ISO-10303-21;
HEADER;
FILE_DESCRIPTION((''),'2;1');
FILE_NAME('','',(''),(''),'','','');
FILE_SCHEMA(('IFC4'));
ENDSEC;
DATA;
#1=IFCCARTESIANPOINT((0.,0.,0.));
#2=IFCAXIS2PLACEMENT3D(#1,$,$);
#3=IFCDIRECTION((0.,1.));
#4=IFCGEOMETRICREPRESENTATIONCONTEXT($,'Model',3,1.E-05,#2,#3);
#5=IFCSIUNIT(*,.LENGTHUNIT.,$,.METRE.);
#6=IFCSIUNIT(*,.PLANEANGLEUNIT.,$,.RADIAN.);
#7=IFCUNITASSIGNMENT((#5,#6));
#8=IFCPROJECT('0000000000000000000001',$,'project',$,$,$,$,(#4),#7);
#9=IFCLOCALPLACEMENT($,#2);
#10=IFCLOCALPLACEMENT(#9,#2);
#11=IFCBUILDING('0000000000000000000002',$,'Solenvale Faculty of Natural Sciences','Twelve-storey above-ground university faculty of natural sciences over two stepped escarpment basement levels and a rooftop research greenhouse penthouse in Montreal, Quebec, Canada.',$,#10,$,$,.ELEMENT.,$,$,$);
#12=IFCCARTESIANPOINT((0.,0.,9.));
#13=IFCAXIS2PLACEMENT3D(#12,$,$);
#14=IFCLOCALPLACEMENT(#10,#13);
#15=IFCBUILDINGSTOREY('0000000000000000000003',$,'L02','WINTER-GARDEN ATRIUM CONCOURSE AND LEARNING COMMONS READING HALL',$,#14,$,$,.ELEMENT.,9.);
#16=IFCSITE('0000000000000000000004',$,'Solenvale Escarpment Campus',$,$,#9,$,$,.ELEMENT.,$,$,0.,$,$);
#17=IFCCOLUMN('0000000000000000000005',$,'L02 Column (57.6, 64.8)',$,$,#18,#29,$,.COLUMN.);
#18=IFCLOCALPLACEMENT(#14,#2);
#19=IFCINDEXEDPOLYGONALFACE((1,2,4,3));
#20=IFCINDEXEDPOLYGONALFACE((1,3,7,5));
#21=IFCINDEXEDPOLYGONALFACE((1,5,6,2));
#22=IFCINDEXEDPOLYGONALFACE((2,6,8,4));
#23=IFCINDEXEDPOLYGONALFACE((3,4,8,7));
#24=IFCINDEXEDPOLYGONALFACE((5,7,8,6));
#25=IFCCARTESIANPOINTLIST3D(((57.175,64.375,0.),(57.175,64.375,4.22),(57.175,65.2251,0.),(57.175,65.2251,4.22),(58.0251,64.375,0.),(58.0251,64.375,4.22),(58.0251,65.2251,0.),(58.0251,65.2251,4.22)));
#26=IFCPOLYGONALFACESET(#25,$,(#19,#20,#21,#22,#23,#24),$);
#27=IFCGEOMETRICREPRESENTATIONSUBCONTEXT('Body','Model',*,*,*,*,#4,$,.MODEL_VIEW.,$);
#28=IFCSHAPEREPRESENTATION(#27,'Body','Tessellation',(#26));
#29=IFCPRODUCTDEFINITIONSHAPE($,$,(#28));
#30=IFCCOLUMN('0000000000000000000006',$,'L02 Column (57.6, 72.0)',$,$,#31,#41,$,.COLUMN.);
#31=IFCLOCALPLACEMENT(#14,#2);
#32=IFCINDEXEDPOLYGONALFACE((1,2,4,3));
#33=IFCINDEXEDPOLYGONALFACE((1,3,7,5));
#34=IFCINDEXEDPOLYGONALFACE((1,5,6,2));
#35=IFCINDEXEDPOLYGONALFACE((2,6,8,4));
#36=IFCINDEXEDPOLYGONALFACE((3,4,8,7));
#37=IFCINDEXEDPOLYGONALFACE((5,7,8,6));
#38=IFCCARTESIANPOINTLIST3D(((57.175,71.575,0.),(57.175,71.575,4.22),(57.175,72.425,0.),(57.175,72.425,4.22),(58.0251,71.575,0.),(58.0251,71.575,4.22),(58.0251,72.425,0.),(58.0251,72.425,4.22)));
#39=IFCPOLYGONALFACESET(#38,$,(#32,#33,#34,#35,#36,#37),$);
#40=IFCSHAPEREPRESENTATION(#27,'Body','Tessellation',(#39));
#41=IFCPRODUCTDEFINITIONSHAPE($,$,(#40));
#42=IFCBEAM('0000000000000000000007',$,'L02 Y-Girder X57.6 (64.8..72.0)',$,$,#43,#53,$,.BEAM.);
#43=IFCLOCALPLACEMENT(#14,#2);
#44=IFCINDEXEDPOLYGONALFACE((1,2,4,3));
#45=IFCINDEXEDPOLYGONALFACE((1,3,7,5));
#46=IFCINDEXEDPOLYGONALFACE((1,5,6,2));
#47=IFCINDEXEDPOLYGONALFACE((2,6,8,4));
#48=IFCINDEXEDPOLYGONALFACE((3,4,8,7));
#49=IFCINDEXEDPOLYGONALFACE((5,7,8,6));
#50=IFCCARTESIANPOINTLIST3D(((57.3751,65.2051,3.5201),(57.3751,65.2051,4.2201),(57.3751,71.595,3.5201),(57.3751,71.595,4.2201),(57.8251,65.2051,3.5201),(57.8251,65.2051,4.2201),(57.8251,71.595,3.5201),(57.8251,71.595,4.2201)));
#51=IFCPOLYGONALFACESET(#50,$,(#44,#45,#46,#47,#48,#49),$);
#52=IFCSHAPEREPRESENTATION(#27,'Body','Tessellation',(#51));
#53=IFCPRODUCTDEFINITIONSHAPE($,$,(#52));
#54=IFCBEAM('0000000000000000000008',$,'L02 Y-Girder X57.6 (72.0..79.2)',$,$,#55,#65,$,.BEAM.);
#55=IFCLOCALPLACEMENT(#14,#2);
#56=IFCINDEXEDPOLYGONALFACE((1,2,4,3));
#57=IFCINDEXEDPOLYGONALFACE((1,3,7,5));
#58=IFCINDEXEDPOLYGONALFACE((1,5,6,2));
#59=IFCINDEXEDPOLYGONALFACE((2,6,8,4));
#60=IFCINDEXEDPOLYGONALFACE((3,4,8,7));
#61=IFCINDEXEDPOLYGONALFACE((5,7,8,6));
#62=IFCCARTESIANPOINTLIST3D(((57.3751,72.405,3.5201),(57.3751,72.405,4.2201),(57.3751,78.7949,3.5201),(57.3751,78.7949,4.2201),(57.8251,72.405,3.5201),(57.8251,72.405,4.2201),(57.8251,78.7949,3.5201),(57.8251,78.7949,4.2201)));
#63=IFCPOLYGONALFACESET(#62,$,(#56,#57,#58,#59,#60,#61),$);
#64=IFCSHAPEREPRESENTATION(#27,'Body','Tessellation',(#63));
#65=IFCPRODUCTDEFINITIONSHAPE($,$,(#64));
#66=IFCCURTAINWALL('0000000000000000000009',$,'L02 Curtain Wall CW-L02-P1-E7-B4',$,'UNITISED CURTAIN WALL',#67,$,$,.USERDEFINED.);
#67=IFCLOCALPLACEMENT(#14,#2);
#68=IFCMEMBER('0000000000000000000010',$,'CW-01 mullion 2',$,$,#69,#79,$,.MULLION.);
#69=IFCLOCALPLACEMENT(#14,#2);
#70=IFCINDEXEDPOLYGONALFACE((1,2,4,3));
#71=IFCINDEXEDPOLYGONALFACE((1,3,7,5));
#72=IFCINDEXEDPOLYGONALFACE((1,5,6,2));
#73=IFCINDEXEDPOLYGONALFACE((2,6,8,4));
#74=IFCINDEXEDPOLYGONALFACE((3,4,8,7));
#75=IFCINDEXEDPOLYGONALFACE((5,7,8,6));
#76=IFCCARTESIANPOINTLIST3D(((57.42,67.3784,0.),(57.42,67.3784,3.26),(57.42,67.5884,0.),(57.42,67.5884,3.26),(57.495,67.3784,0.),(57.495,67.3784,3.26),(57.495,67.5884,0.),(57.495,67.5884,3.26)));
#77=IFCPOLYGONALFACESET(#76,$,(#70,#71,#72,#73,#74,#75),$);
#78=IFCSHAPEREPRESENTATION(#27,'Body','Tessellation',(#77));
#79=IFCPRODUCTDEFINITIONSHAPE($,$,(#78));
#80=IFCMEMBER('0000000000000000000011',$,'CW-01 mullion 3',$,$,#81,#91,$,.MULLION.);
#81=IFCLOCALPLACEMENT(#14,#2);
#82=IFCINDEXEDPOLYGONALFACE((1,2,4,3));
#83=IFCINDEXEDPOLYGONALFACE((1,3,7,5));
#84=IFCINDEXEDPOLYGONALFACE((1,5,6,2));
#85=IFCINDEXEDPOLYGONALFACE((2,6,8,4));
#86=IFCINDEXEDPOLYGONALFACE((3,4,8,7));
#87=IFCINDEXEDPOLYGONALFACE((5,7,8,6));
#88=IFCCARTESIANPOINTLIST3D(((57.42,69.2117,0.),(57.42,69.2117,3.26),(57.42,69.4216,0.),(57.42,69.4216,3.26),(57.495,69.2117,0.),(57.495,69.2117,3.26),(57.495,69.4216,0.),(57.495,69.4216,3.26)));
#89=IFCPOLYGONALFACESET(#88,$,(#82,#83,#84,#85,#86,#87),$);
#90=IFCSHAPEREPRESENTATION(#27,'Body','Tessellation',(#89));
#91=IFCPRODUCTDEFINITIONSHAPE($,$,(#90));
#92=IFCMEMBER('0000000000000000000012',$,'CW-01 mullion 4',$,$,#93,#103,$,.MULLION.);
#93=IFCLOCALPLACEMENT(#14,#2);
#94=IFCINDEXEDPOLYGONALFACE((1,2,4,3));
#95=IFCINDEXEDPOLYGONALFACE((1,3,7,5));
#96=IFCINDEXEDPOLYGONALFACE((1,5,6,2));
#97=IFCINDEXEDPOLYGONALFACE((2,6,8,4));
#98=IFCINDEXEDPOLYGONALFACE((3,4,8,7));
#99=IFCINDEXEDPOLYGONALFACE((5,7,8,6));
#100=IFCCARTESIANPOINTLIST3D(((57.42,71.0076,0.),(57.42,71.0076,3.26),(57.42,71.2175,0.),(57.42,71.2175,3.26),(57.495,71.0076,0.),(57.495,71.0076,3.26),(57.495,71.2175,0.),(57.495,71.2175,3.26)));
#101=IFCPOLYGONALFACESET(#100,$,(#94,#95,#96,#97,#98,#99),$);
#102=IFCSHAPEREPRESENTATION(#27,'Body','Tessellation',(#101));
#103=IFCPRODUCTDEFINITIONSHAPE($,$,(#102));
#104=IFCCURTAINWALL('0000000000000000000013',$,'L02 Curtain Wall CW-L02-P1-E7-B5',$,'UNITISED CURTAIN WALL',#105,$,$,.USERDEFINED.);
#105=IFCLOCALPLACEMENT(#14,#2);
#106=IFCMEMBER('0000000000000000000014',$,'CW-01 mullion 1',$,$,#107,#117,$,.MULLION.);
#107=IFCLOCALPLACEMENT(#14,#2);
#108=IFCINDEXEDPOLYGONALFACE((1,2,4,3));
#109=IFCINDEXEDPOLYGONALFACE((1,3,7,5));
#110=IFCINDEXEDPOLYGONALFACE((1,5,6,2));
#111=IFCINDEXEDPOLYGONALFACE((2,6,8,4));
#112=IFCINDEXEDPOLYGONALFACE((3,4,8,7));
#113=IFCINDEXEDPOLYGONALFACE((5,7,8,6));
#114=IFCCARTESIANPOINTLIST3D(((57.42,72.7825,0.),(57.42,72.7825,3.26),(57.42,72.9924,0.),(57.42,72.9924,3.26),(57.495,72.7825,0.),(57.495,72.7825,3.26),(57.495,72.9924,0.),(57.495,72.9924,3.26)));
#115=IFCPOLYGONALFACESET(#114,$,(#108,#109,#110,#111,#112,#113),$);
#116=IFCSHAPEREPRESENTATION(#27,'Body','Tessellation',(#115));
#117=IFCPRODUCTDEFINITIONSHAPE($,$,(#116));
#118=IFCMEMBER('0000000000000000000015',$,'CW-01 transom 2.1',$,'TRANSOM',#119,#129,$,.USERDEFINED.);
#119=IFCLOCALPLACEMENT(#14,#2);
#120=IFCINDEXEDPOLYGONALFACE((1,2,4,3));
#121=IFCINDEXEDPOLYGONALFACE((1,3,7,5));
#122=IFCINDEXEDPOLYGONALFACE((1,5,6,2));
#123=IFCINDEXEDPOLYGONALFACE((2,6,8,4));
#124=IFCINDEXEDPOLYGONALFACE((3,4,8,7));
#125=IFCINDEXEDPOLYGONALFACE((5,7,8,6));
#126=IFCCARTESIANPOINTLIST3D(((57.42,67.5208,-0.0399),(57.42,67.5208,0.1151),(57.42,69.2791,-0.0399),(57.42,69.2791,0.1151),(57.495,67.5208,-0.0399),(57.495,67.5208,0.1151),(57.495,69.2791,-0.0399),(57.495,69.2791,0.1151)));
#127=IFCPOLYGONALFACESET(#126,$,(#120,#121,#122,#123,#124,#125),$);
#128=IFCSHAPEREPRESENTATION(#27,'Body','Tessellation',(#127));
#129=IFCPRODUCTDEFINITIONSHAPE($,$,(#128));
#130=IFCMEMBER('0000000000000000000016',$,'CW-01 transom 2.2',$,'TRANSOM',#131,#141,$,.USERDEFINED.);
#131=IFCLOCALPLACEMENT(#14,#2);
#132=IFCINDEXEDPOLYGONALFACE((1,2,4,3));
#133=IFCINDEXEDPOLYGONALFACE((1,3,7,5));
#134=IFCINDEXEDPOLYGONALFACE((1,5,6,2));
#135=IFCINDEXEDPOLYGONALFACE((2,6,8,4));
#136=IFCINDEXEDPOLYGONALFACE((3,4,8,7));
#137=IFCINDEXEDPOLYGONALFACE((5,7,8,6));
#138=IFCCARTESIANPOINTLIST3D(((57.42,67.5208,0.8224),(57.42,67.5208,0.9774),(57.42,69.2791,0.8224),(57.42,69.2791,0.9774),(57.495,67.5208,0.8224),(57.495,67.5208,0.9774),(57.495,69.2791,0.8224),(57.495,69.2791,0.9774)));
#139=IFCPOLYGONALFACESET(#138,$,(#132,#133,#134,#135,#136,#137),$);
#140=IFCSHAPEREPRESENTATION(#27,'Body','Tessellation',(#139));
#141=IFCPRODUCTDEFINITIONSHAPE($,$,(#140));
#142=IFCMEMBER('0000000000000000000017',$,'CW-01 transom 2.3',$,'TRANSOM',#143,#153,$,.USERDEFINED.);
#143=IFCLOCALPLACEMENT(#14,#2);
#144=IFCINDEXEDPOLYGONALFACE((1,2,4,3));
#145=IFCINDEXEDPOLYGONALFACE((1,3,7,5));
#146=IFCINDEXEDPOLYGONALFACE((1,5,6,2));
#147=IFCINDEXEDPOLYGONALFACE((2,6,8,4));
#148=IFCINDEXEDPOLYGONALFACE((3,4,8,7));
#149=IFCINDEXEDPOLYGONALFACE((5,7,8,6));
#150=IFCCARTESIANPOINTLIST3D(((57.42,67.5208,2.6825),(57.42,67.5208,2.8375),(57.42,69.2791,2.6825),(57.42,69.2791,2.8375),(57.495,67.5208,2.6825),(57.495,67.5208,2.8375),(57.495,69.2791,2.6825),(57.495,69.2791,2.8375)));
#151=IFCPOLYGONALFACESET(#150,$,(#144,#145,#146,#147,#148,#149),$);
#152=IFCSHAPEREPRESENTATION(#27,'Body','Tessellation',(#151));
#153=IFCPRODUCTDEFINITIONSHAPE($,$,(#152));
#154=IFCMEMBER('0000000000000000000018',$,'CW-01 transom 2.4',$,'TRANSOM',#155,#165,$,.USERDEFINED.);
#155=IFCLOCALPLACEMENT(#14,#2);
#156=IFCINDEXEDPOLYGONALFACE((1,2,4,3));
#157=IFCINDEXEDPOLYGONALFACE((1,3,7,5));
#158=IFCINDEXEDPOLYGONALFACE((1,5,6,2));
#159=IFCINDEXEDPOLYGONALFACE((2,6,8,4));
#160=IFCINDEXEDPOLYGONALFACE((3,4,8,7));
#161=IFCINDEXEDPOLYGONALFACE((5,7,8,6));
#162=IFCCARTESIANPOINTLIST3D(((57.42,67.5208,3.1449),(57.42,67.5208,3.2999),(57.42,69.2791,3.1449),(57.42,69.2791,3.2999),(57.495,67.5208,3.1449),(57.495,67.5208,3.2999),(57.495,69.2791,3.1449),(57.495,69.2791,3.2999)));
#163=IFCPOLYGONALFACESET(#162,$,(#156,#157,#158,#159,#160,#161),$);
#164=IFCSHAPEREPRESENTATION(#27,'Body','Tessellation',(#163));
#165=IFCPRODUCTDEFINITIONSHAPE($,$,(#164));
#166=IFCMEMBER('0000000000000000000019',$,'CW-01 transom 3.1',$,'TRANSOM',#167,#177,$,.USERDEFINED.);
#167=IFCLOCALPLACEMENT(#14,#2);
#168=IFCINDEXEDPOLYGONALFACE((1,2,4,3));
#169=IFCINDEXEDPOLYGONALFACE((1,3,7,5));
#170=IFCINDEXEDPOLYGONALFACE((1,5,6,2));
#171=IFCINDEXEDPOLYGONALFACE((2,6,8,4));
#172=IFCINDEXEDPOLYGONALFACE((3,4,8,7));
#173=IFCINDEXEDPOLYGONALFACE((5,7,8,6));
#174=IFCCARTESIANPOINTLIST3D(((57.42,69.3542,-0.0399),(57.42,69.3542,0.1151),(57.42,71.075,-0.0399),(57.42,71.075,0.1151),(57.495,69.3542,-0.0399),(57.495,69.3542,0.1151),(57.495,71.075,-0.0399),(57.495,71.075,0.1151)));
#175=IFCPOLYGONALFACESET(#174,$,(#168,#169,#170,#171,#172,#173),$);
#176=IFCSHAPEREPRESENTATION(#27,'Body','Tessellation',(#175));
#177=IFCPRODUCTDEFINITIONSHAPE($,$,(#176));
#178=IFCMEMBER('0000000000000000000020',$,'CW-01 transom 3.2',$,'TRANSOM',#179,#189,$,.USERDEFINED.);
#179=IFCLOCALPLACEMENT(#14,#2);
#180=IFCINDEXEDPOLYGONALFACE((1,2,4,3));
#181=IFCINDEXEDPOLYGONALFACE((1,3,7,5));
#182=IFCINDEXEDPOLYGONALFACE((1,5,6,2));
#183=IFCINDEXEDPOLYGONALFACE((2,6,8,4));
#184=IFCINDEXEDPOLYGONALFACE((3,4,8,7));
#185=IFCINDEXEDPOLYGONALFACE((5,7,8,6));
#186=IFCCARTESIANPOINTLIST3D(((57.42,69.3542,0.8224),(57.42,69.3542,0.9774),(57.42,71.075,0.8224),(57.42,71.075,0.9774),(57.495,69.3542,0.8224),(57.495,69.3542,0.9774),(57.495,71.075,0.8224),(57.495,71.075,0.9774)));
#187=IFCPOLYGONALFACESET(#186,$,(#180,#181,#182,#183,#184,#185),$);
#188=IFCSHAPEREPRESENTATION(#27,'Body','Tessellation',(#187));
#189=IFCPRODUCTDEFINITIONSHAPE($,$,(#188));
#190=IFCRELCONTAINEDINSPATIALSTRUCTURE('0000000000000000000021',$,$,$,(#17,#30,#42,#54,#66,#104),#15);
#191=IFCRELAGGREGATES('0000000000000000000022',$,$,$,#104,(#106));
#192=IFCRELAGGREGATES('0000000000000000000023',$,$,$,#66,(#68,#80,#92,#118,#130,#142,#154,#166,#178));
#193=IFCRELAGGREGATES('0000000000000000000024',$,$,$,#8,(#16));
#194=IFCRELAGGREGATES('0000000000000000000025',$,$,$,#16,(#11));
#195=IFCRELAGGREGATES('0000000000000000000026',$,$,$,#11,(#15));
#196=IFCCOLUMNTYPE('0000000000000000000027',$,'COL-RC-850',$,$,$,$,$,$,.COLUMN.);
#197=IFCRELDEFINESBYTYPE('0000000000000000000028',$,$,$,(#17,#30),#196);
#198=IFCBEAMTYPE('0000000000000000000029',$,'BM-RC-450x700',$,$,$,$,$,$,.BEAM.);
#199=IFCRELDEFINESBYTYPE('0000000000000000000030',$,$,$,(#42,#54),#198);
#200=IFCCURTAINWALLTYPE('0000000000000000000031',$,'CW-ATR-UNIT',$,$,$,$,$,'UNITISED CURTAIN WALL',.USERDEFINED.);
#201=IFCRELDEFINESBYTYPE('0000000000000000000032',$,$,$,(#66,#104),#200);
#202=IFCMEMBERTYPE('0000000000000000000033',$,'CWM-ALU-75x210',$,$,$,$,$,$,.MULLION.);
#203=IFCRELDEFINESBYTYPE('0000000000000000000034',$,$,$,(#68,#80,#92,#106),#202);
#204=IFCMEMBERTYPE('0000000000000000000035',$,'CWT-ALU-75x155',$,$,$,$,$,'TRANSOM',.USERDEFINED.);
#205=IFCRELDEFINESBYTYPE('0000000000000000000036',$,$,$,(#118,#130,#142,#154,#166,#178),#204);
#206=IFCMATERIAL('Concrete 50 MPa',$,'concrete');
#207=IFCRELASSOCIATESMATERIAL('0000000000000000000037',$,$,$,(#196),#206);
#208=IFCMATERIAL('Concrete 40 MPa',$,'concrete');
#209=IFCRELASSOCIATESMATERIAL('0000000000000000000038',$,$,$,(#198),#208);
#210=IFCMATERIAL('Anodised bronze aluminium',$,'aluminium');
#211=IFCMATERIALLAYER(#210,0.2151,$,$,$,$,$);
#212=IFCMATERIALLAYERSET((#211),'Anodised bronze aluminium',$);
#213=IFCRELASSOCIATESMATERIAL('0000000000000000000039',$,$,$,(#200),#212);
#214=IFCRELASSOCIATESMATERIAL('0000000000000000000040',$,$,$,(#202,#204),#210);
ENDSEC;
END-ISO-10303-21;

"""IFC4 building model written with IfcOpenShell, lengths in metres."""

from ifc_helpers import new_model, si_unit, direction, frame, origin, origin_2d, place, context, subcontext, project, spatial, rectangle, extrude, material, layer, layer_set, material_profile, profile_set, type_object, element, aggregate, save


model = new_model("IFC4")

# Units and contexts
model_context = context("Model", 3, precision=1e-05, world=origin(), true_north=direction((0.0, 1.0)))
body_context = subcontext(model_context, "Body", "Model", "MODEL_VIEW")
ifc_project = project(units=[si_unit("LENGTHUNIT", "METRE"), si_unit("PLANEANGLEUNIT", "RADIAN")], contexts=[model_context])

# Site, building, storey
site_placement = place(None, origin())
site = spatial("IfcSite", under=ifc_project, at=site_placement, Name="Solenvale Escarpment Campus", CompositionType="ELEMENT", RefElevation=0.0)
building_placement = place(site_placement, origin())
building = spatial("IfcBuilding", under=site, at=building_placement, Name="Solenvale Faculty of Natural Sciences", Description="Twelve-storey above-ground university faculty of natural sciences over two stepped escarpment basement levels and a rooftop research greenhouse penthouse in Montreal, Quebec, Canada.", CompositionType="ELEMENT")
storey_placement = place(building_placement, frame((0.0, 0.0, 9.0)))
storey = spatial("IfcBuildingStorey", under=building, at=storey_placement, Name="L02", Description="WINTER-GARDEN ATRIUM CONCOURSE AND LEARNING COMMONS READING HALL", CompositionType="ELEMENT", Elevation=9.0)

# Columns
ifc_material_1 = material(Name="Concrete 50 MPa", Category="concrete")
ifc_material_profile_1 = material_profile(ifc_material_1, rectangle(XDim=0.8501, YDim=0.8501, at=origin_2d()), Name="RC-COL-850x850")
ifc_profile_set_1 = profile_set([ifc_material_profile_1], Name="Concrete 50 MPa")
column_type = type_object("IfcColumnType", Name="COL-RC-850", PredefinedType="COLUMN", material=ifc_profile_set_1)
for number, where, z_axis, x_axis, name in (
    (1, (57.6001, 64.8, 0.0), (0.0, 0.0, 1.0), (1.0, 0.0, 0.0), "L02 Column (57.6, 64.8)"),
    (2, (57.6001, 72.0, 0.0), (0.0, 0.0, 1.0), (1.0, 0.0, 0.0), "L02 Column (57.6, 72.0)"),
):
    element("IfcColumn", number, at=place(storey_placement, frame(where, z_axis=z_axis, x_axis=x_axis)), inside=storey, type_object=column_type, Name=name, PredefinedType="COLUMN", context=body_context, shape_type="SweptSolid", body=[
        extrude(rectangle(XDim=0.8501, YDim=0.8501, at=origin_2d()), origin(), (0.0, 0.0, 1.0), 4.22),
    ])

# Beams
ifc_material_2 = material(Name="Concrete 40 MPa", Category="concrete")
ifc_material_profile_2 = material_profile(ifc_material_2, rectangle(XDim=0.45, YDim=0.7, at=origin_2d()), Name="RC-BM-450x700")
ifc_profile_set_2 = profile_set([ifc_material_profile_2], Name="Concrete 40 MPa")
beam_type = type_object("IfcBeamType", Name="BM-RC-450x700", PredefinedType="BEAM", material=ifc_profile_set_2)
for number, where, z_axis, x_axis, name in (
    (3, (57.6001, 65.2051, 3.8701), (0.0, 1.0, 0.0), (-1.0, 0.0, 0.0), "L02 Y-Girder X57.6 (64.8..72.0)"),
    (4, (57.6001, 72.405, 3.8701), (0.0, 1.0, 0.0), (-1.0, 0.0, 0.0), "L02 Y-Girder X57.6 (72.0..79.2)"),
):
    element("IfcBeam", number, at=place(storey_placement, frame(where, z_axis=z_axis, x_axis=x_axis)), inside=storey, type_object=beam_type, Name=name, PredefinedType="BEAM", context=body_context, shape_type="SweptSolid", body=[
        extrude(rectangle(XDim=0.45, YDim=0.7, at=origin_2d()), origin(), (0.0, 0.0, 1.0), 6.3899),
    ])

# Curtain wall, members
ifc_material_3 = material(Name="Anodised bronze aluminium", Category="aluminium")
ifc_layer_1 = layer(ifc_material_3, 0.2151)
ifc_layer_set_1 = layer_set([ifc_layer_1], Name="Anodised bronze aluminium")
curtain_wall_type = type_object("IfcCurtainWallType", Name="CW-ATR-UNIT", ElementType="UNITISED CURTAIN WALL", PredefinedType="USERDEFINED", material=ifc_layer_set_1)
curtain_wall_1_placement = place(storey_placement, origin())
curtain_wall_1 = element("IfcCurtainWall", 5, at=curtain_wall_1_placement, inside=storey, type_object=curtain_wall_type, Name="L02 Curtain Wall CW-L02-P1-E7-B4", ObjectType="UNITISED CURTAIN WALL", PredefinedType="USERDEFINED")
ifc_material_profile_3 = material_profile(ifc_material_3, rectangle(XDim=0.075, YDim=0.21, at=origin_2d()), Name="ALU-MUL-75x210")
ifc_profile_set_3 = profile_set([ifc_material_profile_3], Name="Anodised bronze aluminium")
member_type_1 = type_object("IfcMemberType", Name="CWM-ALU-75x210", PredefinedType="MULLION", material=ifc_profile_set_3)
member_1_placement = place(storey_placement, frame((57.4575, 67.4834, 0.0), z_axis=(0.0, 0.0, 1.0), x_axis=(-1.0, 0.0, 0.0)))
member_1 = element("IfcMember", 6, at=member_1_placement, type_object=member_type_1, Name="CW-01 mullion 2", PredefinedType="MULLION", context=body_context, shape_type="SweptSolid", body=[
    extrude(rectangle(XDim=0.075, YDim=0.21, at=origin_2d()), origin(), (0.0, 0.0, 1.0), 3.26),
])
member_2_placement = place(storey_placement, frame((57.4575, 69.3167, 0.0), z_axis=(0.0, 0.0, 1.0), x_axis=(-1.0, 0.0, 0.0)))
member_2 = element("IfcMember", 7, at=member_2_placement, type_object=member_type_1, Name="CW-01 mullion 3", PredefinedType="MULLION", context=body_context, shape_type="SweptSolid", body=[
    extrude(rectangle(XDim=0.075, YDim=0.21, at=origin_2d()), origin(), (0.0, 0.0, 1.0), 3.26),
])
member_3_placement = place(storey_placement, frame((57.4575, 71.1125, 0.0), z_axis=(0.0, 0.0, 1.0), x_axis=(-1.0, 0.0, 0.0)))
member_3 = element("IfcMember", 8, at=member_3_placement, type_object=member_type_1, Name="CW-01 mullion 4", PredefinedType="MULLION", context=body_context, shape_type="SweptSolid", body=[
    extrude(rectangle(XDim=0.075, YDim=0.21, at=origin_2d()), origin(), (0.0, 0.0, 1.0), 3.26),
])

# Curtain wall, member
curtain_wall_2_placement = place(storey_placement, origin())
curtain_wall_2 = element("IfcCurtainWall", 9, at=curtain_wall_2_placement, inside=storey, type_object=curtain_wall_type, Name="L02 Curtain Wall CW-L02-P1-E7-B5", ObjectType="UNITISED CURTAIN WALL", PredefinedType="USERDEFINED")
member_4_placement = place(storey_placement, frame((57.4575, 72.8875, 0.0), z_axis=(0.0, 0.0, 1.0), x_axis=(-1.0, 0.0, 0.0)))
member_4 = element("IfcMember", 10, at=member_4_placement, type_object=member_type_1, Name="CW-01 mullion 1", PredefinedType="MULLION", context=body_context, shape_type="SweptSolid", body=[
    extrude(rectangle(XDim=0.075, YDim=0.21, at=origin_2d()), origin(), (0.0, 0.0, 1.0), 3.26),
])

# Members
ifc_material_profile_4 = material_profile(ifc_material_3, rectangle(XDim=0.075, YDim=0.155, at=origin_2d()), Name="ALU-TRN-75x155")
ifc_profile_set_4 = profile_set([ifc_material_profile_4], Name="Anodised bronze aluminium")
member_type_2 = type_object("IfcMemberType", Name="CWT-ALU-75x155", ElementType="TRANSOM", PredefinedType="USERDEFINED", material=ifc_profile_set_4)
member_5_placement = place(storey_placement, frame((57.4575, 67.5208, 0.0376), z_axis=(0.0, 1.0, 0.0), x_axis=(-1.0, 0.0, 0.0)))
member_5 = element("IfcMember", 11, at=member_5_placement, type_object=member_type_2, Name="CW-01 transom 2.1", ObjectType="TRANSOM", PredefinedType="USERDEFINED", context=body_context, shape_type="SweptSolid", body=[
    extrude(rectangle(XDim=0.075, YDim=0.155, at=origin_2d()), origin(), (0.0, 0.0, 1.0), 1.7583),
])
member_6_placement = place(storey_placement, frame((57.4575, 67.5208, 0.8999), z_axis=(0.0, 1.0, 0.0), x_axis=(-1.0, 0.0, 0.0)))
member_6 = element("IfcMember", 12, at=member_6_placement, type_object=member_type_2, Name="CW-01 transom 2.2", ObjectType="TRANSOM", PredefinedType="USERDEFINED", context=body_context, shape_type="SweptSolid", body=[
    extrude(rectangle(XDim=0.075, YDim=0.155, at=origin_2d()), origin(), (0.0, 0.0, 1.0), 1.7583),
])
member_7_placement = place(storey_placement, frame((57.4575, 67.5208, 2.76), z_axis=(0.0, 1.0, 0.0), x_axis=(-1.0, 0.0, 0.0)))
member_7 = element("IfcMember", 13, at=member_7_placement, type_object=member_type_2, Name="CW-01 transom 2.3", ObjectType="TRANSOM", PredefinedType="USERDEFINED", context=body_context, shape_type="SweptSolid", body=[
    extrude(rectangle(XDim=0.075, YDim=0.155, at=origin_2d()), origin(), (0.0, 0.0, 1.0), 1.7583),
])
member_8_placement = place(storey_placement, frame((57.4575, 67.5208, 3.2224), z_axis=(0.0, 1.0, 0.0), x_axis=(-1.0, 0.0, 0.0)))
member_8 = element("IfcMember", 14, at=member_8_placement, type_object=member_type_2, Name="CW-01 transom 2.4", ObjectType="TRANSOM", PredefinedType="USERDEFINED", context=body_context, shape_type="SweptSolid", body=[
    extrude(rectangle(XDim=0.075, YDim=0.155, at=origin_2d()), origin(), (0.0, 0.0, 1.0), 1.7583),
])
member_9_placement = place(storey_placement, frame((57.4575, 69.3542, 0.0376), z_axis=(0.0, 1.0, 0.0), x_axis=(-1.0, 0.0, 0.0)))
member_9 = element("IfcMember", 15, at=member_9_placement, type_object=member_type_2, Name="CW-01 transom 3.1", ObjectType="TRANSOM", PredefinedType="USERDEFINED", context=body_context, shape_type="SweptSolid", body=[
    extrude(rectangle(XDim=0.075, YDim=0.155, at=origin_2d()), origin(), (0.0, 0.0, 1.0), 1.7207),
])
member_10_placement = place(storey_placement, frame((57.4575, 69.3542, 0.8999), z_axis=(0.0, 1.0, 0.0), x_axis=(-1.0, 0.0, 0.0)))
member_10 = element("IfcMember", 16, at=member_10_placement, type_object=member_type_2, Name="CW-01 transom 3.2", ObjectType="TRANSOM", PredefinedType="USERDEFINED", context=body_context, shape_type="SweptSolid", body=[
    extrude(rectangle(XDim=0.075, YDim=0.155, at=origin_2d()), origin(), (0.0, 0.0, 1.0), 1.7207),
])
aggregate(curtain_wall_2, [member_4])

aggregate(curtain_wall_1, [member_1, member_2, member_3, member_5, member_6, member_7, member_8, member_9, member_10])

save(model, "model.ifc")
